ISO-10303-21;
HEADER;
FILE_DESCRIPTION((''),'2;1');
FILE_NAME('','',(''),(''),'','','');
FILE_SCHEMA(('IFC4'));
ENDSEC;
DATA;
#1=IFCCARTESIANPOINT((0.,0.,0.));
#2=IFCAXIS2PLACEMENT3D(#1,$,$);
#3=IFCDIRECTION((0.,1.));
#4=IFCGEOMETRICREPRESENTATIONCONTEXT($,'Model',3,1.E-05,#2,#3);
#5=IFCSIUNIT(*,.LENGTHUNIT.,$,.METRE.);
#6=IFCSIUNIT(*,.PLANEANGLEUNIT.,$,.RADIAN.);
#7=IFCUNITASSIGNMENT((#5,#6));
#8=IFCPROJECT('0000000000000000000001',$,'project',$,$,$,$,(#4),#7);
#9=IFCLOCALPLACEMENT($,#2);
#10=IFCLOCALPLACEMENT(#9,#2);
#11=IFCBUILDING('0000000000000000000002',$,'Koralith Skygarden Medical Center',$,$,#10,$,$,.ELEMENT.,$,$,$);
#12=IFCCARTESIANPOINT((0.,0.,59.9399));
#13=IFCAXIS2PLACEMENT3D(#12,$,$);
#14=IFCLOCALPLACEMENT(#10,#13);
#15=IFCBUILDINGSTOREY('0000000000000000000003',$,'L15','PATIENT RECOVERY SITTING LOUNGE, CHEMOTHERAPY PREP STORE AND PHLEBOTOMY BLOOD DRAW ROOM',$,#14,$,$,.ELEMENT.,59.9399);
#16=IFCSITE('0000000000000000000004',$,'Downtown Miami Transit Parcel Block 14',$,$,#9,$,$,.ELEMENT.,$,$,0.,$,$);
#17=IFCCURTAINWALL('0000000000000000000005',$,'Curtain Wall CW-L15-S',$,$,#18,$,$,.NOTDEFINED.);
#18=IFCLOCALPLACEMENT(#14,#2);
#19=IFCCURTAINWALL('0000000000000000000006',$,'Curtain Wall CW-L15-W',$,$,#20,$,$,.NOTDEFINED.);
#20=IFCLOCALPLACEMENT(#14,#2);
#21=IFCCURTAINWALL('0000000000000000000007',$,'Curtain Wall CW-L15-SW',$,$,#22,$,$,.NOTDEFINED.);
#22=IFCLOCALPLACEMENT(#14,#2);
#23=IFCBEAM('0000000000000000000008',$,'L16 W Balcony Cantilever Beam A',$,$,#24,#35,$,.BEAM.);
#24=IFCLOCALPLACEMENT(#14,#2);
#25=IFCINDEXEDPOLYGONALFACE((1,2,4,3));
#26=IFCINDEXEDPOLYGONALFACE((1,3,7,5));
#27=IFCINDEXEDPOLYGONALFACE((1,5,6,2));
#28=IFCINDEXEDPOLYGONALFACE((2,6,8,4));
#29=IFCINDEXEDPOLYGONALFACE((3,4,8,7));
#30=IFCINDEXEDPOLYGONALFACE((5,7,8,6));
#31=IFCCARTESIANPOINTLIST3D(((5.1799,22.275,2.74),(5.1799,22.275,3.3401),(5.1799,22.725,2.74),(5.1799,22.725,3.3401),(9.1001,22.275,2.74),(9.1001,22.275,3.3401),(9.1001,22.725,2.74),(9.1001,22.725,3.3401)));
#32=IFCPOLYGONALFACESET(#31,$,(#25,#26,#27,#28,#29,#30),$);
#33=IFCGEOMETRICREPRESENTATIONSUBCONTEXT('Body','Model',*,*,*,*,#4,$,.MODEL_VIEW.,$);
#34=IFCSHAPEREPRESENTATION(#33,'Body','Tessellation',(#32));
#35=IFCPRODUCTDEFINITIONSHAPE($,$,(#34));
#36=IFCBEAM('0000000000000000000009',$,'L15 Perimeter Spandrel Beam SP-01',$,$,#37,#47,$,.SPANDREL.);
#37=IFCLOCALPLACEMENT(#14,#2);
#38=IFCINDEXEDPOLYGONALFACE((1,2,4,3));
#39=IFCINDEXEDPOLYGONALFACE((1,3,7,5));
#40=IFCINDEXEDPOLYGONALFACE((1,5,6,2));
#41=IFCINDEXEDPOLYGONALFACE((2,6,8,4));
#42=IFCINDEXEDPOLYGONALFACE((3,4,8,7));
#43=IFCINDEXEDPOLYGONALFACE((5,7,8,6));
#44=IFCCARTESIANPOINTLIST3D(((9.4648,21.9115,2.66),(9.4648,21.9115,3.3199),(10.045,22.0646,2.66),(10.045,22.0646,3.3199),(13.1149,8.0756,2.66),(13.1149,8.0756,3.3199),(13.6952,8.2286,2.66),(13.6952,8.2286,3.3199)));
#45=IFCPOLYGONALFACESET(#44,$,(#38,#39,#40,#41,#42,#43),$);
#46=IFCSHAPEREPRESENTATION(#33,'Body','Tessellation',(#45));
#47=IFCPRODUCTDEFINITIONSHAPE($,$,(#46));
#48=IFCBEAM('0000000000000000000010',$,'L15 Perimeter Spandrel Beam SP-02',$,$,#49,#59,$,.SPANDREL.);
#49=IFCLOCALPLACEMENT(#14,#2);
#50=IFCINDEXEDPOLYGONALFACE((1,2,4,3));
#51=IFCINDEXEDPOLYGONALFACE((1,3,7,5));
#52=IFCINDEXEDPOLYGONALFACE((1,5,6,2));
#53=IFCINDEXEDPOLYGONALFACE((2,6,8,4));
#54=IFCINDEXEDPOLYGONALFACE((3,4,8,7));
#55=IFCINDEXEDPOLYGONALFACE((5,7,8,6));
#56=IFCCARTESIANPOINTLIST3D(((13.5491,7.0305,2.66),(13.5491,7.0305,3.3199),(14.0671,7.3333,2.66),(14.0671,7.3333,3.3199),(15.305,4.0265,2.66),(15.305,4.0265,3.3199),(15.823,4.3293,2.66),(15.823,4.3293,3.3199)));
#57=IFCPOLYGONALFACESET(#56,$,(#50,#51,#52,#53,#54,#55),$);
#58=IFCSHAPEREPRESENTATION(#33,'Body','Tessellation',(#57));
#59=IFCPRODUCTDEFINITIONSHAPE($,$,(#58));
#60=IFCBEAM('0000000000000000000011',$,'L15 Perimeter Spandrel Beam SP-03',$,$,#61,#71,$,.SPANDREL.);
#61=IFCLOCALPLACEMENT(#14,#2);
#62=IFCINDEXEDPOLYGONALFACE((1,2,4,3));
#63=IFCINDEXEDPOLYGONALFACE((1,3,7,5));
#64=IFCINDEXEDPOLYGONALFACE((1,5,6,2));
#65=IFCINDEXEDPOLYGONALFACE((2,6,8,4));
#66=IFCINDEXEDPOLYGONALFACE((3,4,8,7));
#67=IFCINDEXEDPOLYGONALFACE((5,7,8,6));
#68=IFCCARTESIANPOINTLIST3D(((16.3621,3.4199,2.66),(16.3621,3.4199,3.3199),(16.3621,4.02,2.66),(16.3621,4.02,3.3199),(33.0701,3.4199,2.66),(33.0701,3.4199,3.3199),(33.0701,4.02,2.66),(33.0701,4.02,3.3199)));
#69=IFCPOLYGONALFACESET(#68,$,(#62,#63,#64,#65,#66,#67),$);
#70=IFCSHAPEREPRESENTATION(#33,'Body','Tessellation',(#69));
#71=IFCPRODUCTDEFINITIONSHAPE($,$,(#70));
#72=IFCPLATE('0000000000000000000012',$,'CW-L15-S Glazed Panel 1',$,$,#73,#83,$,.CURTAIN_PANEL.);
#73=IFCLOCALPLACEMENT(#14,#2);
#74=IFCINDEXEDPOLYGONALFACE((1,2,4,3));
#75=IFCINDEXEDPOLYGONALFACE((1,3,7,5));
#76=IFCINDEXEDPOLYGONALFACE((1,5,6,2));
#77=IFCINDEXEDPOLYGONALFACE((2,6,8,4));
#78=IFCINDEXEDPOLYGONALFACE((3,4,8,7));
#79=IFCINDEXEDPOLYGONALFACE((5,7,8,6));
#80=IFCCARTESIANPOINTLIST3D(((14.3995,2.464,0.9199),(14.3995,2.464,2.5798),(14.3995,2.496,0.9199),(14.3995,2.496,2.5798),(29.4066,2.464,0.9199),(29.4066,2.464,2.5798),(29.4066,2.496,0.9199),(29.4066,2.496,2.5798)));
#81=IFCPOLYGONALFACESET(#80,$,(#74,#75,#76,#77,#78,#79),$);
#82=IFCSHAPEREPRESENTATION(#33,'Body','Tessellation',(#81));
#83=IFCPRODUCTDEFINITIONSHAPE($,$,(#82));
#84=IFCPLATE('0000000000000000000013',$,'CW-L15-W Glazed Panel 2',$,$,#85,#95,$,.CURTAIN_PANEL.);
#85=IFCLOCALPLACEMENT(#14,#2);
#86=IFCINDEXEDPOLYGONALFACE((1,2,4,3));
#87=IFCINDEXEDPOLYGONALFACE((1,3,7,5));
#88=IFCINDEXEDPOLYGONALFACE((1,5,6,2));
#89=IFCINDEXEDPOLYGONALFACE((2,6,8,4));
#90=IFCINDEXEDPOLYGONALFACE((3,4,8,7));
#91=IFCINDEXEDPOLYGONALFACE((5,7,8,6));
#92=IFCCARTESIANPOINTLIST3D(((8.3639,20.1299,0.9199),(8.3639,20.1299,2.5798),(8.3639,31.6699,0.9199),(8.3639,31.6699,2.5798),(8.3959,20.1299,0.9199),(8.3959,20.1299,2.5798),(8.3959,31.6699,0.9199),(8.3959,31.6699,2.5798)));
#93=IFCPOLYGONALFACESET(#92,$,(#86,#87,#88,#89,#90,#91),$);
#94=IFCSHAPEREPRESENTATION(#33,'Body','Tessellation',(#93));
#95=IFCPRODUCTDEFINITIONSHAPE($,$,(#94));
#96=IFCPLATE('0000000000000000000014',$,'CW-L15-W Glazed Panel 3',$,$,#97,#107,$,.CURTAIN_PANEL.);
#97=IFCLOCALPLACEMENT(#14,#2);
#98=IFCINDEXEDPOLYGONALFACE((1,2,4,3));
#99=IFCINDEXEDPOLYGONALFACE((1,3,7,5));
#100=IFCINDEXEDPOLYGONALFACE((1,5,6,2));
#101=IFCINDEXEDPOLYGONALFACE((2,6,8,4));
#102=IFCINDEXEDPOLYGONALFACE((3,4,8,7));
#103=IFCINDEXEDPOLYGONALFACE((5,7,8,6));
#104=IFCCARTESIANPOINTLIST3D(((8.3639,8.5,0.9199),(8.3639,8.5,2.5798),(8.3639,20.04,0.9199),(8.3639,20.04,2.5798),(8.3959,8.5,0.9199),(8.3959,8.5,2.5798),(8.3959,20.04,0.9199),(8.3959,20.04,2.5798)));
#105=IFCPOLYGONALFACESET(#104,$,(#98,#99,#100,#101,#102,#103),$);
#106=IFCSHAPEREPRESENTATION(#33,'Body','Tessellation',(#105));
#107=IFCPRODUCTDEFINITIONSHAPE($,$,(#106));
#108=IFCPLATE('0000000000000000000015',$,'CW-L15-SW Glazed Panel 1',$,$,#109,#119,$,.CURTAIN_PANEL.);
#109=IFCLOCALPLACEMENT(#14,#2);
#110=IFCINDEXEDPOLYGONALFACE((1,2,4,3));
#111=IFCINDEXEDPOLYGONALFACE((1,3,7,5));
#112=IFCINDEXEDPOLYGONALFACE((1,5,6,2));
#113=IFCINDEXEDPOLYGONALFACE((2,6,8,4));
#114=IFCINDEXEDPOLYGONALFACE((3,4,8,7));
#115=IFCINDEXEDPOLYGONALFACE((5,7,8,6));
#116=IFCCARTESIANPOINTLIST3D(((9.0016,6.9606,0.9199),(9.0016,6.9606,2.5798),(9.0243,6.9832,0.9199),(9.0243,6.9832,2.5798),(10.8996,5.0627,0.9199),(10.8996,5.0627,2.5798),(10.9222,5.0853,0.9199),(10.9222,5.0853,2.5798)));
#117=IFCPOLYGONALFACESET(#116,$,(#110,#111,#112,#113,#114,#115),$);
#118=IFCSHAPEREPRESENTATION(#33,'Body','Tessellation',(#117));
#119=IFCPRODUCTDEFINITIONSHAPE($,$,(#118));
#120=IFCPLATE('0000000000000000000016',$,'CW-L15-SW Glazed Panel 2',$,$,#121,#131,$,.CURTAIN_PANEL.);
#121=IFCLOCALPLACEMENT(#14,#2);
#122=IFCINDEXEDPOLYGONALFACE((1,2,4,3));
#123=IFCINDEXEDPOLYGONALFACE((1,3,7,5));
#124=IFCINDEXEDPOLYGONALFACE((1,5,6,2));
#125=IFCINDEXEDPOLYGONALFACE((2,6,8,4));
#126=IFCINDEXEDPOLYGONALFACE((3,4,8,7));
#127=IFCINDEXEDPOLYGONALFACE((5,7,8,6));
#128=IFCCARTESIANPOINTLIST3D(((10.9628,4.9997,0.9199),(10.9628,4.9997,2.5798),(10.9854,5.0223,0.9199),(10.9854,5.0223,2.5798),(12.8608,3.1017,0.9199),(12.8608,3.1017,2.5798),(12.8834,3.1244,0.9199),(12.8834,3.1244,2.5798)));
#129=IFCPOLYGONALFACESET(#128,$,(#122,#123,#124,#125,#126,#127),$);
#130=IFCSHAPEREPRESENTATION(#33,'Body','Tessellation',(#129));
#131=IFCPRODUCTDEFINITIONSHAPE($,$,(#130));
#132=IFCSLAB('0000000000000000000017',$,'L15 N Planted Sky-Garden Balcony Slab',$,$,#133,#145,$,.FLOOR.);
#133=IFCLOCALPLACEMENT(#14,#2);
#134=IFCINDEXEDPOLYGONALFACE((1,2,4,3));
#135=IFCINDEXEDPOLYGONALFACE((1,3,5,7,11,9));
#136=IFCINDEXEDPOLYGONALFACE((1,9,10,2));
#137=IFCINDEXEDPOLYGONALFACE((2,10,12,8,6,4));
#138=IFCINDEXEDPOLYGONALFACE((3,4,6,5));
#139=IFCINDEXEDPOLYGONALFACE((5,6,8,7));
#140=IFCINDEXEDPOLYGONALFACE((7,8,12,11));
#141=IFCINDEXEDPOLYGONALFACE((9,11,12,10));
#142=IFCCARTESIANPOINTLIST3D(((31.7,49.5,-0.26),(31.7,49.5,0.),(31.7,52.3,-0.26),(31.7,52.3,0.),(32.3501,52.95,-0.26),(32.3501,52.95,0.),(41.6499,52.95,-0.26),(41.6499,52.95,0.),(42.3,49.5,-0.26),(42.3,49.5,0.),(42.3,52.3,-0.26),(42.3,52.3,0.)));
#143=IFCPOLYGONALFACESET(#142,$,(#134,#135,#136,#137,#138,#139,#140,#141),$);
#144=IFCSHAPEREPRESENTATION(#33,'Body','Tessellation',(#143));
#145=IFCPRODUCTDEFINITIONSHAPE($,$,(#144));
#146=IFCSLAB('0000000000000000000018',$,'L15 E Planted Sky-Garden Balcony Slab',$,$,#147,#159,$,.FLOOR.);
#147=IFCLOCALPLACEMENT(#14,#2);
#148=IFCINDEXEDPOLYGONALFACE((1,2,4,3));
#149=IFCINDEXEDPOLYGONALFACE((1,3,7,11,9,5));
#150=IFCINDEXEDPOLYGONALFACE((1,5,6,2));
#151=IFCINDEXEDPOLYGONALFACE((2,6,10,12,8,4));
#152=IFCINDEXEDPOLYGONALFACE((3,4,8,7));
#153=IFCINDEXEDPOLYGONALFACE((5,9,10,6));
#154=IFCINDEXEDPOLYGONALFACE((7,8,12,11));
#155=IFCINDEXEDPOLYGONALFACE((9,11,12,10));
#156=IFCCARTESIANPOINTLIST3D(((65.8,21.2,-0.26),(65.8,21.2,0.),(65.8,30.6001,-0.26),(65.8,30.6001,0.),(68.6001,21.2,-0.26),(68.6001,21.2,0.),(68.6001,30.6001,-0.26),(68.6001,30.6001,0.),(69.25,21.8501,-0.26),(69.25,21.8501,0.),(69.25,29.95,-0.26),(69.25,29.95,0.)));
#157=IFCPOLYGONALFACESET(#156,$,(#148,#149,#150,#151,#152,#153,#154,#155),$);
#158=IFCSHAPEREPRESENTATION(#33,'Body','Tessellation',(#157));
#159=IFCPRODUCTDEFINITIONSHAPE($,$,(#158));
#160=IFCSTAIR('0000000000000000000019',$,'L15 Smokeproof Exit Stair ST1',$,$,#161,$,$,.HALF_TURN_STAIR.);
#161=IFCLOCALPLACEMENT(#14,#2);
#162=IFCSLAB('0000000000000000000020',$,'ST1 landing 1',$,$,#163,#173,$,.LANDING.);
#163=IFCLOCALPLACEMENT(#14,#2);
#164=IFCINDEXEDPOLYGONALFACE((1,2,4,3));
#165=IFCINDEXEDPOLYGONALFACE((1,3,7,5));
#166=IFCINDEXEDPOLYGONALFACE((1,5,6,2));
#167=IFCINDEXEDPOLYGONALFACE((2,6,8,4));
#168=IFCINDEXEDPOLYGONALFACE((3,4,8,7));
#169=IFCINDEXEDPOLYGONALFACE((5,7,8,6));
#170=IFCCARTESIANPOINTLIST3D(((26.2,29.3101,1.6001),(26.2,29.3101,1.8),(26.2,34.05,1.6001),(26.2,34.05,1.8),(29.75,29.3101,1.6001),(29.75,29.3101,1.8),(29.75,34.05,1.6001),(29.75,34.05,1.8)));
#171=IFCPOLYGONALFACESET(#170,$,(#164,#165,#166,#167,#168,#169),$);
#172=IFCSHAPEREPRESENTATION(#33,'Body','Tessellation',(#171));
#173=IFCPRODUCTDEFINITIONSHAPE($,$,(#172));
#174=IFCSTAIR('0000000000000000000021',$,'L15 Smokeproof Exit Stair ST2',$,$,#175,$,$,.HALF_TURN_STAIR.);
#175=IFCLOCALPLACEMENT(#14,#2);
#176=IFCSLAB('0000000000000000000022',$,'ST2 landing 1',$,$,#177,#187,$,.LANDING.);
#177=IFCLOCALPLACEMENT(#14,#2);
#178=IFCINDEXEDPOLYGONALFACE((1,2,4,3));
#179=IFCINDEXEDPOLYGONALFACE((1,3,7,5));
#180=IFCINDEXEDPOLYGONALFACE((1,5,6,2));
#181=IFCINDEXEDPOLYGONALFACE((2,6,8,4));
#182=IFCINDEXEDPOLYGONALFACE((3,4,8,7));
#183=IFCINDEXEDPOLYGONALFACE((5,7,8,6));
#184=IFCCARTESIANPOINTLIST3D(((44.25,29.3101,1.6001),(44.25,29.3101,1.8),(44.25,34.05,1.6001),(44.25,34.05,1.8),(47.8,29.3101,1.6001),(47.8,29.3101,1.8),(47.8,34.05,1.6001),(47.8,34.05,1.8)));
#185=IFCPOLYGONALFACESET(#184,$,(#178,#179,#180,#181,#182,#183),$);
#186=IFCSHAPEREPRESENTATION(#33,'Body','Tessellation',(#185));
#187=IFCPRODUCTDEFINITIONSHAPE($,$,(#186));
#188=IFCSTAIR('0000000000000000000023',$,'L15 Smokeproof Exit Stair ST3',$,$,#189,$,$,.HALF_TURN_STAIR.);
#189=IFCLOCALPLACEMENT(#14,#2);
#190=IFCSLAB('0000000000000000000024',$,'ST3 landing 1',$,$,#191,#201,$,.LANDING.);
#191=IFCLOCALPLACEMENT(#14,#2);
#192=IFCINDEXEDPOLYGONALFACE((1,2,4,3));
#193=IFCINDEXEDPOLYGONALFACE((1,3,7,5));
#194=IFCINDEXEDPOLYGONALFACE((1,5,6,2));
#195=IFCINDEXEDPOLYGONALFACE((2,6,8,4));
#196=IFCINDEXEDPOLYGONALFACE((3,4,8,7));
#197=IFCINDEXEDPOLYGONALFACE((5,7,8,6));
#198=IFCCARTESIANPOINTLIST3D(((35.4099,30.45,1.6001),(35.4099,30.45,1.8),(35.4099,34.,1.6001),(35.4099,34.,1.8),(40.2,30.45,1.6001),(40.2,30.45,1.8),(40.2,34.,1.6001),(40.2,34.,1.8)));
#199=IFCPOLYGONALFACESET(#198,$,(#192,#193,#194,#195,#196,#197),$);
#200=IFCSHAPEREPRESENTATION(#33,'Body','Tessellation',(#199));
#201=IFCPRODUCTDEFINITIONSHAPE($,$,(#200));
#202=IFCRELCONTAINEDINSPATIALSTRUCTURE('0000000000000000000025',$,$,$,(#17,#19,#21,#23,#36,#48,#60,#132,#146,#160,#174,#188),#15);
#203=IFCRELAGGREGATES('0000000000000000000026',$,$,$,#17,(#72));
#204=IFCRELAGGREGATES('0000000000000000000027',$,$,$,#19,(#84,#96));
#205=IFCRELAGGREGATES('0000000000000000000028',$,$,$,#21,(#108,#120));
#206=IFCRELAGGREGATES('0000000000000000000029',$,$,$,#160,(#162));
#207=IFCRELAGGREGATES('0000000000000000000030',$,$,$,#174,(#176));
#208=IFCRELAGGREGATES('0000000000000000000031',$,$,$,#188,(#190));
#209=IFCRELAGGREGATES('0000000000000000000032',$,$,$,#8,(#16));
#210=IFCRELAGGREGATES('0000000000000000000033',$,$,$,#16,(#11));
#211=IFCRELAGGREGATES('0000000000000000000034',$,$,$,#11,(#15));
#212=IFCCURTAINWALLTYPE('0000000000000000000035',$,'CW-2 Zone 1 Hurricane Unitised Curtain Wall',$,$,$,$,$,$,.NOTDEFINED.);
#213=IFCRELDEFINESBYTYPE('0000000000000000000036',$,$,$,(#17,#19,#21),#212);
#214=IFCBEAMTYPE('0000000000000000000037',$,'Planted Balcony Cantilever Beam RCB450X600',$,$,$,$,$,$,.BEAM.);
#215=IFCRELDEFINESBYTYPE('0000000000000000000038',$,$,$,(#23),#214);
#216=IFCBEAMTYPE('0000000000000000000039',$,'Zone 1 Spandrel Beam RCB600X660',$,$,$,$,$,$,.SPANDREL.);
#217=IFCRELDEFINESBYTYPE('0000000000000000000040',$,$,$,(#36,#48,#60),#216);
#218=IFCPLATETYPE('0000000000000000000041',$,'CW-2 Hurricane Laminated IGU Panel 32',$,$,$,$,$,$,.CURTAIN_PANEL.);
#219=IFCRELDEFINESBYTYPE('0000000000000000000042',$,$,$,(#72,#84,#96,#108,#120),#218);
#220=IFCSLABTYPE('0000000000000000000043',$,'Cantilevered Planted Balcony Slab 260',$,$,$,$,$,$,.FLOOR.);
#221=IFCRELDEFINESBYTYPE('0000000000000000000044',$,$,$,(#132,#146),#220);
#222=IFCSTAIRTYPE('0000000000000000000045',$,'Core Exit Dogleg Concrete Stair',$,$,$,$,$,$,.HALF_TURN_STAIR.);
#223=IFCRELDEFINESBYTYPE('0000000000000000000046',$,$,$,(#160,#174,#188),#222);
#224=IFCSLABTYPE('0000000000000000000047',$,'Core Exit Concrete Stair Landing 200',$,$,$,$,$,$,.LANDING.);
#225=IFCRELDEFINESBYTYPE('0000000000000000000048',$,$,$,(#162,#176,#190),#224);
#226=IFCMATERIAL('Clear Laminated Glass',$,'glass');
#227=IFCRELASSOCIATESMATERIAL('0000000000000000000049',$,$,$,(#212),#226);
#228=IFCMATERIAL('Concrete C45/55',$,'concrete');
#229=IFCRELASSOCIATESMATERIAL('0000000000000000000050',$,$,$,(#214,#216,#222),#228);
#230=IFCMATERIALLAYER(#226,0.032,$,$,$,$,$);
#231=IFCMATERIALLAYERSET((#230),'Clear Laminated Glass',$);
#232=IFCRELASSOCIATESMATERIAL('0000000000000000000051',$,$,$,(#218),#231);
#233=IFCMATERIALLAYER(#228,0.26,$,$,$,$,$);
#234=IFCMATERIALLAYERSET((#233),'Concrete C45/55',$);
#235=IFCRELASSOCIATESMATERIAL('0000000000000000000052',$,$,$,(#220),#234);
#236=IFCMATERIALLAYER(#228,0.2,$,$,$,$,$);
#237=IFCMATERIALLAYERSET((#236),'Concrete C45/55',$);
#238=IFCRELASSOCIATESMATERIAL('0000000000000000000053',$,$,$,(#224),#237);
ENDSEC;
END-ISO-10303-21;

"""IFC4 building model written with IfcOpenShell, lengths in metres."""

from ifc_helpers import new_model, si_unit, direction, frame, origin, origin_2d, place, context, subcontext, project, spatial, polyline, rectangle, outline, extrude, material, layer, layer_set, material_profile, profile_set, type_object, element, aggregate, save


model = new_model("IFC4")

# Units and contexts
model_context = context("Model", 3, precision=1e-05, world=origin(), true_north=direction((0.0, 1.0)))
body_context = subcontext(model_context, "Body", "Model", "MODEL_VIEW")
ifc_project = project(units=[si_unit("LENGTHUNIT", "METRE"), si_unit("PLANEANGLEUNIT", "RADIAN")], contexts=[model_context])

# Site, building, storey
site_placement = place(None, origin())
site = spatial("IfcSite", under=ifc_project, at=site_placement, Name="Downtown Miami Transit Parcel Block 14", CompositionType="ELEMENT", RefElevation=0.0)
building_placement = place(site_placement, origin())
building = spatial("IfcBuilding", under=site, at=building_placement, Name="Koralith Skygarden Medical Center", CompositionType="ELEMENT")
storey_placement = place(building_placement, frame((0.0, 0.0, 59.9399)))
storey = spatial("IfcBuildingStorey", under=building, at=storey_placement, Name="L15", Description="PATIENT RECOVERY SITTING LOUNGE, CHEMOTHERAPY PREP STORE AND PHLEBOTOMY BLOOD DRAW ROOM", CompositionType="ELEMENT", Elevation=59.9399)

# Curtain wall
ifc_material_1 = material(Name="Clear Laminated Glass", Category="glass")
curtain_wall_type = type_object("IfcCurtainWallType", Name="CW-2 Zone 1 Hurricane Unitised Curtain Wall", PredefinedType="NOTDEFINED", material=ifc_material_1)
curtain_wall_1_placement = place(storey_placement, origin())
curtain_wall_1 = element("IfcCurtainWall", 1, at=curtain_wall_1_placement, inside=storey, type_object=curtain_wall_type, Name="Curtain Wall CW-L15-S", PredefinedType="NOTDEFINED")

# Curtain walls
curtain_wall_2_placement = place(storey_placement, origin())
curtain_wall_2 = element("IfcCurtainWall", 2, at=curtain_wall_2_placement, inside=storey, type_object=curtain_wall_type, Name="Curtain Wall CW-L15-W", PredefinedType="NOTDEFINED")
curtain_wall_3_placement = place(storey_placement, origin())
curtain_wall_3 = element("IfcCurtainWall", 3, at=curtain_wall_3_placement, inside=storey, type_object=curtain_wall_type, Name="Curtain Wall CW-L15-SW", PredefinedType="NOTDEFINED")

# Beams
ifc_material_2 = material(Name="Concrete C45/55", Category="concrete")
ifc_material_profile_1 = material_profile(ifc_material_2, rectangle(XDim=0.45, YDim=0.6001, at=origin_2d()), Name="RCB450X600")
ifc_profile_set_1 = profile_set([ifc_material_profile_1], Name="Concrete C45/55")
beam_type_1 = type_object("IfcBeamType", Name="Planted Balcony Cantilever Beam RCB450X600", PredefinedType="BEAM", material=ifc_profile_set_1)
beam_1_placement = place(storey_placement, frame((9.1001, 22.5, 3.04), z_axis=(-1.0, 0.0, 0.0), x_axis=(0.0, -1.0, 0.0)))
element("IfcBeam", 4, at=beam_1_placement, inside=storey, type_object=beam_type_1, Name="L16 W Balcony Cantilever Beam A", PredefinedType="BEAM", context=body_context, shape_type="SweptSolid", body=[
    extrude(rectangle(XDim=0.45, YDim=0.6001, at=origin_2d()), origin(), (0.0, 0.0, 1.0), 3.9202),
])
ifc_material_profile_2 = material_profile(ifc_material_2, rectangle(XDim=0.6001, YDim=0.6599, at=origin_2d()), Name="RCB600X660")
ifc_profile_set_2 = profile_set([ifc_material_profile_2], Name="Concrete C45/55")
beam_type_2 = type_object("IfcBeamType", Name="Zone 1 Spandrel Beam RCB600X660", PredefinedType="SPANDREL", material=ifc_profile_set_2)
beam_2_placement = place(storey_placement, frame((9.7549, 21.988, 2.99), z_axis=(0.255089, -0.966918, 0.0), x_axis=(0.966918, 0.255089, 0.0)))
element("IfcBeam", 5, at=beam_2_placement, inside=storey, type_object=beam_type_2, Name="L15 Perimeter Spandrel Beam SP-01", PredefinedType="SPANDREL", context=body_context, shape_type="SweptSolid", body=[
    extrude(rectangle(XDim=0.6001, YDim=0.6599, at=origin_2d()), origin(), (0.0, 0.0, 1.0), 14.3093),
])
beam_3_placement = place(storey_placement, frame((13.8081, 7.1819, 2.99), z_axis=(0.504639, -0.863331, 0.0), x_axis=(0.863331, 0.504639, 0.0)))
element("IfcBeam", 6, at=beam_3_placement, inside=storey, type_object=beam_type_2, Name="L15 Perimeter Spandrel Beam SP-02", PredefinedType="SPANDREL", context=body_context, shape_type="SweptSolid", body=[
    extrude(rectangle(XDim=0.6001, YDim=0.6599, at=origin_2d()), origin(), (0.0, 0.0, 1.0), 3.4795),
])
beam_4_placement = place(storey_placement, frame((16.3621, 3.72, 2.99), z_axis=(1.0, 0.0, 0.0), x_axis=(0.0, 1.0, 0.0)))
element("IfcBeam", 7, at=beam_4_placement, inside=storey, type_object=beam_type_2, Name="L15 Perimeter Spandrel Beam SP-03", PredefinedType="SPANDREL", context=body_context, shape_type="SweptSolid", body=[
    extrude(rectangle(XDim=0.6001, YDim=0.6599, at=origin_2d()), origin(), (0.0, 0.0, 1.0), 16.708),
])

# Plates
ifc_layer_1 = layer(ifc_material_1, 0.032)
ifc_layer_set_1 = layer_set([ifc_layer_1], Name="Clear Laminated Glass")
plate_type_1 = type_object("IfcPlateType", Name="CW-2 Hurricane Laminated IGU Panel 32", PredefinedType="CURTAIN_PANEL", material=ifc_layer_set_1)
plate_1_placement = place(storey_placement, frame((21.9031, 2.48, 0.9199), z_axis=(0.0, 0.0, 1.0), x_axis=(1.0, 0.0, 0.0)))
plate_1 = element("IfcPlate", 8, at=plate_1_placement, type_object=plate_type_1, Name="CW-L15-S Glazed Panel 1", PredefinedType="CURTAIN_PANEL", context=body_context, shape_type="SweptSolid", body=[
    extrude(rectangle(XDim=15.0071, YDim=0.032, at=origin_2d()), origin(), (0.0, 0.0, 1.0), 1.6599),
])
aggregate(curtain_wall_1, [plate_1])
plate_2_placement = place(storey_placement, frame((8.3799, 25.8999, 0.9199), z_axis=(0.0, 0.0, 1.0), x_axis=(0.0, -1.0, 0.0)))
plate_2 = element("IfcPlate", 9, at=plate_2_placement, type_object=plate_type_1, Name="CW-L15-W Glazed Panel 2", PredefinedType="CURTAIN_PANEL", context=body_context, shape_type="SweptSolid", body=[
    extrude(rectangle(XDim=11.54, YDim=0.032, at=origin_2d()), origin(), (0.0, 0.0, 1.0), 1.6599),
])
plate_3_placement = place(storey_placement, frame((8.3799, 14.27, 0.9199), z_axis=(0.0, 0.0, 1.0), x_axis=(0.0, -1.0, 0.0)))
plate_3 = element("IfcPlate", 10, at=plate_3_placement, type_object=plate_type_1, Name="CW-L15-W Glazed Panel 3", PredefinedType="CURTAIN_PANEL", context=body_context, shape_type="SweptSolid", body=[
    extrude(rectangle(XDim=11.54, YDim=0.032, at=origin_2d()), origin(), (0.0, 0.0, 1.0), 1.6599),
])
aggregate(curtain_wall_2, [plate_2, plate_3])
plate_4_placement = place(storey_placement, frame((9.9619, 6.0229, 0.9199), z_axis=(0.0, 0.0, 1.0), x_axis=(0.707107, -0.707107, 0.0)))
plate_4 = element("IfcPlate", 11, at=plate_4_placement, type_object=plate_type_1, Name="CW-L15-SW Glazed Panel 1", PredefinedType="CURTAIN_PANEL", context=body_context, shape_type="SweptSolid", body=[
    extrude(rectangle(XDim=2.6841, YDim=0.032, at=origin_2d()), origin(), (0.0, 0.0, 1.0), 1.6599),
])
plate_5_placement = place(storey_placement, frame((11.9231, 4.062, 0.9199), z_axis=(0.0, 0.0, 1.0), x_axis=(0.707107, -0.707107, 0.0)))
plate_5 = element("IfcPlate", 12, at=plate_5_placement, type_object=plate_type_1, Name="CW-L15-SW Glazed Panel 2", PredefinedType="CURTAIN_PANEL", context=body_context, shape_type="SweptSolid", body=[
    extrude(rectangle(XDim=2.6841, YDim=0.032, at=origin_2d()), origin(), (0.0, 0.0, 1.0), 1.6599),
])
aggregate(curtain_wall_3, [plate_4, plate_5])

# Slabs
ifc_layer_2 = layer(ifc_material_2, 0.26)
ifc_layer_set_2 = layer_set([ifc_layer_2], Name="Concrete C45/55")
slab_type_1 = type_object("IfcSlabType", Name="Cantilevered Planted Balcony Slab 260", PredefinedType="FLOOR", material=ifc_layer_set_2)
slab_1_placement = place(storey_placement, frame((0.0, 0.0, -0.26)))
element("IfcSlab", 13, at=slab_1_placement, inside=storey, type_object=slab_type_1, Name="L15 N Planted Sky-Garden Balcony Slab", PredefinedType="FLOOR", context=body_context, shape_type="SweptSolid", body=[
    extrude(outline(polyline([(31.7, 49.5), (42.3, 49.5), (42.3, 52.3), (41.6499, 52.95), (32.3501, 52.95), (31.7, 52.3), (31.7, 49.5)])), origin(), (0.0, 0.0, 1.0), 0.26),
])
slab_2_placement = place(storey_placement, frame((0.0, 0.0, -0.26)))
element("IfcSlab", 14, at=slab_2_placement, inside=storey, type_object=slab_type_1, Name="L15 E Planted Sky-Garden Balcony Slab", PredefinedType="FLOOR", context=body_context, shape_type="SweptSolid", body=[
    extrude(outline(polyline([(65.8, 21.2), (68.6001, 21.2), (69.25, 21.8501), (69.25, 29.95), (68.6001, 30.6001), (65.8, 30.6001), (65.8, 21.2)])), origin(), (0.0, 0.0, 1.0), 0.26),
])

# Stairs, slabs
stair_type = type_object("IfcStairType", Name="Core Exit Dogleg Concrete Stair", PredefinedType="HALF_TURN_STAIR", material=ifc_material_2)
stair_1_placement = place(storey_placement, origin())
stair_1 = element("IfcStair", 15, at=stair_1_placement, inside=storey, type_object=stair_type, Name="L15 Smokeproof Exit Stair ST1", PredefinedType="HALF_TURN_STAIR")
ifc_layer_3 = layer(ifc_material_2, 0.2)
ifc_layer_set_3 = layer_set([ifc_layer_3], Name="Concrete C45/55")
slab_type_2 = type_object("IfcSlabType", Name="Core Exit Concrete Stair Landing 200", PredefinedType="LANDING", material=ifc_layer_set_3)
slab_3_placement = place(storey_placement, frame((0.0, 0.0, 1.6001)))
slab_3 = element("IfcSlab", 16, at=slab_3_placement, type_object=slab_type_2, Name="ST1 landing 1", PredefinedType="LANDING", context=body_context, shape_type="SweptSolid", body=[
    extrude(outline(polyline([(29.75, 29.3101), (29.75, 34.05), (26.2, 34.05), (26.2, 29.3101), (29.75, 29.3101)])), origin(), (0.0, 0.0, 1.0), 0.2),
])
aggregate(stair_1, [slab_3])
stair_2_placement = place(storey_placement, origin())
stair_2 = element("IfcStair", 17, at=stair_2_placement, inside=storey, type_object=stair_type, Name="L15 Smokeproof Exit Stair ST2", PredefinedType="HALF_TURN_STAIR")
slab_4_placement = place(storey_placement, frame((0.0, 0.0, 1.6001)))
slab_4 = element("IfcSlab", 18, at=slab_4_placement, type_object=slab_type_2, Name="ST2 landing 1", PredefinedType="LANDING", context=body_context, shape_type="SweptSolid", body=[
    extrude(outline(polyline([(47.8, 29.3101), (47.8, 34.05), (44.25, 34.05), (44.25, 29.3101), (47.8, 29.3101)])), origin(), (0.0, 0.0, 1.0), 0.2),
])
aggregate(stair_2, [slab_4])
stair_3_placement = place(storey_placement, origin())
stair_3 = element("IfcStair", 19, at=stair_3_placement, inside=storey, type_object=stair_type, Name="L15 Smokeproof Exit Stair ST3", PredefinedType="HALF_TURN_STAIR")
slab_5_placement = place(storey_placement, frame((0.0, 0.0, 1.6001)))
slab_5 = element("IfcSlab", 20, at=slab_5_placement, type_object=slab_type_2, Name="ST3 landing 1", PredefinedType="LANDING", context=body_context, shape_type="SweptSolid", body=[
    extrude(outline(polyline([(35.4099, 30.45), (40.2, 30.45), (40.2, 34.0), (35.4099, 34.0), (35.4099, 30.45)])), origin(), (0.0, 0.0, 1.0), 0.2),
])
aggregate(stair_3, [slab_5])

save(model, "model.ifc")
